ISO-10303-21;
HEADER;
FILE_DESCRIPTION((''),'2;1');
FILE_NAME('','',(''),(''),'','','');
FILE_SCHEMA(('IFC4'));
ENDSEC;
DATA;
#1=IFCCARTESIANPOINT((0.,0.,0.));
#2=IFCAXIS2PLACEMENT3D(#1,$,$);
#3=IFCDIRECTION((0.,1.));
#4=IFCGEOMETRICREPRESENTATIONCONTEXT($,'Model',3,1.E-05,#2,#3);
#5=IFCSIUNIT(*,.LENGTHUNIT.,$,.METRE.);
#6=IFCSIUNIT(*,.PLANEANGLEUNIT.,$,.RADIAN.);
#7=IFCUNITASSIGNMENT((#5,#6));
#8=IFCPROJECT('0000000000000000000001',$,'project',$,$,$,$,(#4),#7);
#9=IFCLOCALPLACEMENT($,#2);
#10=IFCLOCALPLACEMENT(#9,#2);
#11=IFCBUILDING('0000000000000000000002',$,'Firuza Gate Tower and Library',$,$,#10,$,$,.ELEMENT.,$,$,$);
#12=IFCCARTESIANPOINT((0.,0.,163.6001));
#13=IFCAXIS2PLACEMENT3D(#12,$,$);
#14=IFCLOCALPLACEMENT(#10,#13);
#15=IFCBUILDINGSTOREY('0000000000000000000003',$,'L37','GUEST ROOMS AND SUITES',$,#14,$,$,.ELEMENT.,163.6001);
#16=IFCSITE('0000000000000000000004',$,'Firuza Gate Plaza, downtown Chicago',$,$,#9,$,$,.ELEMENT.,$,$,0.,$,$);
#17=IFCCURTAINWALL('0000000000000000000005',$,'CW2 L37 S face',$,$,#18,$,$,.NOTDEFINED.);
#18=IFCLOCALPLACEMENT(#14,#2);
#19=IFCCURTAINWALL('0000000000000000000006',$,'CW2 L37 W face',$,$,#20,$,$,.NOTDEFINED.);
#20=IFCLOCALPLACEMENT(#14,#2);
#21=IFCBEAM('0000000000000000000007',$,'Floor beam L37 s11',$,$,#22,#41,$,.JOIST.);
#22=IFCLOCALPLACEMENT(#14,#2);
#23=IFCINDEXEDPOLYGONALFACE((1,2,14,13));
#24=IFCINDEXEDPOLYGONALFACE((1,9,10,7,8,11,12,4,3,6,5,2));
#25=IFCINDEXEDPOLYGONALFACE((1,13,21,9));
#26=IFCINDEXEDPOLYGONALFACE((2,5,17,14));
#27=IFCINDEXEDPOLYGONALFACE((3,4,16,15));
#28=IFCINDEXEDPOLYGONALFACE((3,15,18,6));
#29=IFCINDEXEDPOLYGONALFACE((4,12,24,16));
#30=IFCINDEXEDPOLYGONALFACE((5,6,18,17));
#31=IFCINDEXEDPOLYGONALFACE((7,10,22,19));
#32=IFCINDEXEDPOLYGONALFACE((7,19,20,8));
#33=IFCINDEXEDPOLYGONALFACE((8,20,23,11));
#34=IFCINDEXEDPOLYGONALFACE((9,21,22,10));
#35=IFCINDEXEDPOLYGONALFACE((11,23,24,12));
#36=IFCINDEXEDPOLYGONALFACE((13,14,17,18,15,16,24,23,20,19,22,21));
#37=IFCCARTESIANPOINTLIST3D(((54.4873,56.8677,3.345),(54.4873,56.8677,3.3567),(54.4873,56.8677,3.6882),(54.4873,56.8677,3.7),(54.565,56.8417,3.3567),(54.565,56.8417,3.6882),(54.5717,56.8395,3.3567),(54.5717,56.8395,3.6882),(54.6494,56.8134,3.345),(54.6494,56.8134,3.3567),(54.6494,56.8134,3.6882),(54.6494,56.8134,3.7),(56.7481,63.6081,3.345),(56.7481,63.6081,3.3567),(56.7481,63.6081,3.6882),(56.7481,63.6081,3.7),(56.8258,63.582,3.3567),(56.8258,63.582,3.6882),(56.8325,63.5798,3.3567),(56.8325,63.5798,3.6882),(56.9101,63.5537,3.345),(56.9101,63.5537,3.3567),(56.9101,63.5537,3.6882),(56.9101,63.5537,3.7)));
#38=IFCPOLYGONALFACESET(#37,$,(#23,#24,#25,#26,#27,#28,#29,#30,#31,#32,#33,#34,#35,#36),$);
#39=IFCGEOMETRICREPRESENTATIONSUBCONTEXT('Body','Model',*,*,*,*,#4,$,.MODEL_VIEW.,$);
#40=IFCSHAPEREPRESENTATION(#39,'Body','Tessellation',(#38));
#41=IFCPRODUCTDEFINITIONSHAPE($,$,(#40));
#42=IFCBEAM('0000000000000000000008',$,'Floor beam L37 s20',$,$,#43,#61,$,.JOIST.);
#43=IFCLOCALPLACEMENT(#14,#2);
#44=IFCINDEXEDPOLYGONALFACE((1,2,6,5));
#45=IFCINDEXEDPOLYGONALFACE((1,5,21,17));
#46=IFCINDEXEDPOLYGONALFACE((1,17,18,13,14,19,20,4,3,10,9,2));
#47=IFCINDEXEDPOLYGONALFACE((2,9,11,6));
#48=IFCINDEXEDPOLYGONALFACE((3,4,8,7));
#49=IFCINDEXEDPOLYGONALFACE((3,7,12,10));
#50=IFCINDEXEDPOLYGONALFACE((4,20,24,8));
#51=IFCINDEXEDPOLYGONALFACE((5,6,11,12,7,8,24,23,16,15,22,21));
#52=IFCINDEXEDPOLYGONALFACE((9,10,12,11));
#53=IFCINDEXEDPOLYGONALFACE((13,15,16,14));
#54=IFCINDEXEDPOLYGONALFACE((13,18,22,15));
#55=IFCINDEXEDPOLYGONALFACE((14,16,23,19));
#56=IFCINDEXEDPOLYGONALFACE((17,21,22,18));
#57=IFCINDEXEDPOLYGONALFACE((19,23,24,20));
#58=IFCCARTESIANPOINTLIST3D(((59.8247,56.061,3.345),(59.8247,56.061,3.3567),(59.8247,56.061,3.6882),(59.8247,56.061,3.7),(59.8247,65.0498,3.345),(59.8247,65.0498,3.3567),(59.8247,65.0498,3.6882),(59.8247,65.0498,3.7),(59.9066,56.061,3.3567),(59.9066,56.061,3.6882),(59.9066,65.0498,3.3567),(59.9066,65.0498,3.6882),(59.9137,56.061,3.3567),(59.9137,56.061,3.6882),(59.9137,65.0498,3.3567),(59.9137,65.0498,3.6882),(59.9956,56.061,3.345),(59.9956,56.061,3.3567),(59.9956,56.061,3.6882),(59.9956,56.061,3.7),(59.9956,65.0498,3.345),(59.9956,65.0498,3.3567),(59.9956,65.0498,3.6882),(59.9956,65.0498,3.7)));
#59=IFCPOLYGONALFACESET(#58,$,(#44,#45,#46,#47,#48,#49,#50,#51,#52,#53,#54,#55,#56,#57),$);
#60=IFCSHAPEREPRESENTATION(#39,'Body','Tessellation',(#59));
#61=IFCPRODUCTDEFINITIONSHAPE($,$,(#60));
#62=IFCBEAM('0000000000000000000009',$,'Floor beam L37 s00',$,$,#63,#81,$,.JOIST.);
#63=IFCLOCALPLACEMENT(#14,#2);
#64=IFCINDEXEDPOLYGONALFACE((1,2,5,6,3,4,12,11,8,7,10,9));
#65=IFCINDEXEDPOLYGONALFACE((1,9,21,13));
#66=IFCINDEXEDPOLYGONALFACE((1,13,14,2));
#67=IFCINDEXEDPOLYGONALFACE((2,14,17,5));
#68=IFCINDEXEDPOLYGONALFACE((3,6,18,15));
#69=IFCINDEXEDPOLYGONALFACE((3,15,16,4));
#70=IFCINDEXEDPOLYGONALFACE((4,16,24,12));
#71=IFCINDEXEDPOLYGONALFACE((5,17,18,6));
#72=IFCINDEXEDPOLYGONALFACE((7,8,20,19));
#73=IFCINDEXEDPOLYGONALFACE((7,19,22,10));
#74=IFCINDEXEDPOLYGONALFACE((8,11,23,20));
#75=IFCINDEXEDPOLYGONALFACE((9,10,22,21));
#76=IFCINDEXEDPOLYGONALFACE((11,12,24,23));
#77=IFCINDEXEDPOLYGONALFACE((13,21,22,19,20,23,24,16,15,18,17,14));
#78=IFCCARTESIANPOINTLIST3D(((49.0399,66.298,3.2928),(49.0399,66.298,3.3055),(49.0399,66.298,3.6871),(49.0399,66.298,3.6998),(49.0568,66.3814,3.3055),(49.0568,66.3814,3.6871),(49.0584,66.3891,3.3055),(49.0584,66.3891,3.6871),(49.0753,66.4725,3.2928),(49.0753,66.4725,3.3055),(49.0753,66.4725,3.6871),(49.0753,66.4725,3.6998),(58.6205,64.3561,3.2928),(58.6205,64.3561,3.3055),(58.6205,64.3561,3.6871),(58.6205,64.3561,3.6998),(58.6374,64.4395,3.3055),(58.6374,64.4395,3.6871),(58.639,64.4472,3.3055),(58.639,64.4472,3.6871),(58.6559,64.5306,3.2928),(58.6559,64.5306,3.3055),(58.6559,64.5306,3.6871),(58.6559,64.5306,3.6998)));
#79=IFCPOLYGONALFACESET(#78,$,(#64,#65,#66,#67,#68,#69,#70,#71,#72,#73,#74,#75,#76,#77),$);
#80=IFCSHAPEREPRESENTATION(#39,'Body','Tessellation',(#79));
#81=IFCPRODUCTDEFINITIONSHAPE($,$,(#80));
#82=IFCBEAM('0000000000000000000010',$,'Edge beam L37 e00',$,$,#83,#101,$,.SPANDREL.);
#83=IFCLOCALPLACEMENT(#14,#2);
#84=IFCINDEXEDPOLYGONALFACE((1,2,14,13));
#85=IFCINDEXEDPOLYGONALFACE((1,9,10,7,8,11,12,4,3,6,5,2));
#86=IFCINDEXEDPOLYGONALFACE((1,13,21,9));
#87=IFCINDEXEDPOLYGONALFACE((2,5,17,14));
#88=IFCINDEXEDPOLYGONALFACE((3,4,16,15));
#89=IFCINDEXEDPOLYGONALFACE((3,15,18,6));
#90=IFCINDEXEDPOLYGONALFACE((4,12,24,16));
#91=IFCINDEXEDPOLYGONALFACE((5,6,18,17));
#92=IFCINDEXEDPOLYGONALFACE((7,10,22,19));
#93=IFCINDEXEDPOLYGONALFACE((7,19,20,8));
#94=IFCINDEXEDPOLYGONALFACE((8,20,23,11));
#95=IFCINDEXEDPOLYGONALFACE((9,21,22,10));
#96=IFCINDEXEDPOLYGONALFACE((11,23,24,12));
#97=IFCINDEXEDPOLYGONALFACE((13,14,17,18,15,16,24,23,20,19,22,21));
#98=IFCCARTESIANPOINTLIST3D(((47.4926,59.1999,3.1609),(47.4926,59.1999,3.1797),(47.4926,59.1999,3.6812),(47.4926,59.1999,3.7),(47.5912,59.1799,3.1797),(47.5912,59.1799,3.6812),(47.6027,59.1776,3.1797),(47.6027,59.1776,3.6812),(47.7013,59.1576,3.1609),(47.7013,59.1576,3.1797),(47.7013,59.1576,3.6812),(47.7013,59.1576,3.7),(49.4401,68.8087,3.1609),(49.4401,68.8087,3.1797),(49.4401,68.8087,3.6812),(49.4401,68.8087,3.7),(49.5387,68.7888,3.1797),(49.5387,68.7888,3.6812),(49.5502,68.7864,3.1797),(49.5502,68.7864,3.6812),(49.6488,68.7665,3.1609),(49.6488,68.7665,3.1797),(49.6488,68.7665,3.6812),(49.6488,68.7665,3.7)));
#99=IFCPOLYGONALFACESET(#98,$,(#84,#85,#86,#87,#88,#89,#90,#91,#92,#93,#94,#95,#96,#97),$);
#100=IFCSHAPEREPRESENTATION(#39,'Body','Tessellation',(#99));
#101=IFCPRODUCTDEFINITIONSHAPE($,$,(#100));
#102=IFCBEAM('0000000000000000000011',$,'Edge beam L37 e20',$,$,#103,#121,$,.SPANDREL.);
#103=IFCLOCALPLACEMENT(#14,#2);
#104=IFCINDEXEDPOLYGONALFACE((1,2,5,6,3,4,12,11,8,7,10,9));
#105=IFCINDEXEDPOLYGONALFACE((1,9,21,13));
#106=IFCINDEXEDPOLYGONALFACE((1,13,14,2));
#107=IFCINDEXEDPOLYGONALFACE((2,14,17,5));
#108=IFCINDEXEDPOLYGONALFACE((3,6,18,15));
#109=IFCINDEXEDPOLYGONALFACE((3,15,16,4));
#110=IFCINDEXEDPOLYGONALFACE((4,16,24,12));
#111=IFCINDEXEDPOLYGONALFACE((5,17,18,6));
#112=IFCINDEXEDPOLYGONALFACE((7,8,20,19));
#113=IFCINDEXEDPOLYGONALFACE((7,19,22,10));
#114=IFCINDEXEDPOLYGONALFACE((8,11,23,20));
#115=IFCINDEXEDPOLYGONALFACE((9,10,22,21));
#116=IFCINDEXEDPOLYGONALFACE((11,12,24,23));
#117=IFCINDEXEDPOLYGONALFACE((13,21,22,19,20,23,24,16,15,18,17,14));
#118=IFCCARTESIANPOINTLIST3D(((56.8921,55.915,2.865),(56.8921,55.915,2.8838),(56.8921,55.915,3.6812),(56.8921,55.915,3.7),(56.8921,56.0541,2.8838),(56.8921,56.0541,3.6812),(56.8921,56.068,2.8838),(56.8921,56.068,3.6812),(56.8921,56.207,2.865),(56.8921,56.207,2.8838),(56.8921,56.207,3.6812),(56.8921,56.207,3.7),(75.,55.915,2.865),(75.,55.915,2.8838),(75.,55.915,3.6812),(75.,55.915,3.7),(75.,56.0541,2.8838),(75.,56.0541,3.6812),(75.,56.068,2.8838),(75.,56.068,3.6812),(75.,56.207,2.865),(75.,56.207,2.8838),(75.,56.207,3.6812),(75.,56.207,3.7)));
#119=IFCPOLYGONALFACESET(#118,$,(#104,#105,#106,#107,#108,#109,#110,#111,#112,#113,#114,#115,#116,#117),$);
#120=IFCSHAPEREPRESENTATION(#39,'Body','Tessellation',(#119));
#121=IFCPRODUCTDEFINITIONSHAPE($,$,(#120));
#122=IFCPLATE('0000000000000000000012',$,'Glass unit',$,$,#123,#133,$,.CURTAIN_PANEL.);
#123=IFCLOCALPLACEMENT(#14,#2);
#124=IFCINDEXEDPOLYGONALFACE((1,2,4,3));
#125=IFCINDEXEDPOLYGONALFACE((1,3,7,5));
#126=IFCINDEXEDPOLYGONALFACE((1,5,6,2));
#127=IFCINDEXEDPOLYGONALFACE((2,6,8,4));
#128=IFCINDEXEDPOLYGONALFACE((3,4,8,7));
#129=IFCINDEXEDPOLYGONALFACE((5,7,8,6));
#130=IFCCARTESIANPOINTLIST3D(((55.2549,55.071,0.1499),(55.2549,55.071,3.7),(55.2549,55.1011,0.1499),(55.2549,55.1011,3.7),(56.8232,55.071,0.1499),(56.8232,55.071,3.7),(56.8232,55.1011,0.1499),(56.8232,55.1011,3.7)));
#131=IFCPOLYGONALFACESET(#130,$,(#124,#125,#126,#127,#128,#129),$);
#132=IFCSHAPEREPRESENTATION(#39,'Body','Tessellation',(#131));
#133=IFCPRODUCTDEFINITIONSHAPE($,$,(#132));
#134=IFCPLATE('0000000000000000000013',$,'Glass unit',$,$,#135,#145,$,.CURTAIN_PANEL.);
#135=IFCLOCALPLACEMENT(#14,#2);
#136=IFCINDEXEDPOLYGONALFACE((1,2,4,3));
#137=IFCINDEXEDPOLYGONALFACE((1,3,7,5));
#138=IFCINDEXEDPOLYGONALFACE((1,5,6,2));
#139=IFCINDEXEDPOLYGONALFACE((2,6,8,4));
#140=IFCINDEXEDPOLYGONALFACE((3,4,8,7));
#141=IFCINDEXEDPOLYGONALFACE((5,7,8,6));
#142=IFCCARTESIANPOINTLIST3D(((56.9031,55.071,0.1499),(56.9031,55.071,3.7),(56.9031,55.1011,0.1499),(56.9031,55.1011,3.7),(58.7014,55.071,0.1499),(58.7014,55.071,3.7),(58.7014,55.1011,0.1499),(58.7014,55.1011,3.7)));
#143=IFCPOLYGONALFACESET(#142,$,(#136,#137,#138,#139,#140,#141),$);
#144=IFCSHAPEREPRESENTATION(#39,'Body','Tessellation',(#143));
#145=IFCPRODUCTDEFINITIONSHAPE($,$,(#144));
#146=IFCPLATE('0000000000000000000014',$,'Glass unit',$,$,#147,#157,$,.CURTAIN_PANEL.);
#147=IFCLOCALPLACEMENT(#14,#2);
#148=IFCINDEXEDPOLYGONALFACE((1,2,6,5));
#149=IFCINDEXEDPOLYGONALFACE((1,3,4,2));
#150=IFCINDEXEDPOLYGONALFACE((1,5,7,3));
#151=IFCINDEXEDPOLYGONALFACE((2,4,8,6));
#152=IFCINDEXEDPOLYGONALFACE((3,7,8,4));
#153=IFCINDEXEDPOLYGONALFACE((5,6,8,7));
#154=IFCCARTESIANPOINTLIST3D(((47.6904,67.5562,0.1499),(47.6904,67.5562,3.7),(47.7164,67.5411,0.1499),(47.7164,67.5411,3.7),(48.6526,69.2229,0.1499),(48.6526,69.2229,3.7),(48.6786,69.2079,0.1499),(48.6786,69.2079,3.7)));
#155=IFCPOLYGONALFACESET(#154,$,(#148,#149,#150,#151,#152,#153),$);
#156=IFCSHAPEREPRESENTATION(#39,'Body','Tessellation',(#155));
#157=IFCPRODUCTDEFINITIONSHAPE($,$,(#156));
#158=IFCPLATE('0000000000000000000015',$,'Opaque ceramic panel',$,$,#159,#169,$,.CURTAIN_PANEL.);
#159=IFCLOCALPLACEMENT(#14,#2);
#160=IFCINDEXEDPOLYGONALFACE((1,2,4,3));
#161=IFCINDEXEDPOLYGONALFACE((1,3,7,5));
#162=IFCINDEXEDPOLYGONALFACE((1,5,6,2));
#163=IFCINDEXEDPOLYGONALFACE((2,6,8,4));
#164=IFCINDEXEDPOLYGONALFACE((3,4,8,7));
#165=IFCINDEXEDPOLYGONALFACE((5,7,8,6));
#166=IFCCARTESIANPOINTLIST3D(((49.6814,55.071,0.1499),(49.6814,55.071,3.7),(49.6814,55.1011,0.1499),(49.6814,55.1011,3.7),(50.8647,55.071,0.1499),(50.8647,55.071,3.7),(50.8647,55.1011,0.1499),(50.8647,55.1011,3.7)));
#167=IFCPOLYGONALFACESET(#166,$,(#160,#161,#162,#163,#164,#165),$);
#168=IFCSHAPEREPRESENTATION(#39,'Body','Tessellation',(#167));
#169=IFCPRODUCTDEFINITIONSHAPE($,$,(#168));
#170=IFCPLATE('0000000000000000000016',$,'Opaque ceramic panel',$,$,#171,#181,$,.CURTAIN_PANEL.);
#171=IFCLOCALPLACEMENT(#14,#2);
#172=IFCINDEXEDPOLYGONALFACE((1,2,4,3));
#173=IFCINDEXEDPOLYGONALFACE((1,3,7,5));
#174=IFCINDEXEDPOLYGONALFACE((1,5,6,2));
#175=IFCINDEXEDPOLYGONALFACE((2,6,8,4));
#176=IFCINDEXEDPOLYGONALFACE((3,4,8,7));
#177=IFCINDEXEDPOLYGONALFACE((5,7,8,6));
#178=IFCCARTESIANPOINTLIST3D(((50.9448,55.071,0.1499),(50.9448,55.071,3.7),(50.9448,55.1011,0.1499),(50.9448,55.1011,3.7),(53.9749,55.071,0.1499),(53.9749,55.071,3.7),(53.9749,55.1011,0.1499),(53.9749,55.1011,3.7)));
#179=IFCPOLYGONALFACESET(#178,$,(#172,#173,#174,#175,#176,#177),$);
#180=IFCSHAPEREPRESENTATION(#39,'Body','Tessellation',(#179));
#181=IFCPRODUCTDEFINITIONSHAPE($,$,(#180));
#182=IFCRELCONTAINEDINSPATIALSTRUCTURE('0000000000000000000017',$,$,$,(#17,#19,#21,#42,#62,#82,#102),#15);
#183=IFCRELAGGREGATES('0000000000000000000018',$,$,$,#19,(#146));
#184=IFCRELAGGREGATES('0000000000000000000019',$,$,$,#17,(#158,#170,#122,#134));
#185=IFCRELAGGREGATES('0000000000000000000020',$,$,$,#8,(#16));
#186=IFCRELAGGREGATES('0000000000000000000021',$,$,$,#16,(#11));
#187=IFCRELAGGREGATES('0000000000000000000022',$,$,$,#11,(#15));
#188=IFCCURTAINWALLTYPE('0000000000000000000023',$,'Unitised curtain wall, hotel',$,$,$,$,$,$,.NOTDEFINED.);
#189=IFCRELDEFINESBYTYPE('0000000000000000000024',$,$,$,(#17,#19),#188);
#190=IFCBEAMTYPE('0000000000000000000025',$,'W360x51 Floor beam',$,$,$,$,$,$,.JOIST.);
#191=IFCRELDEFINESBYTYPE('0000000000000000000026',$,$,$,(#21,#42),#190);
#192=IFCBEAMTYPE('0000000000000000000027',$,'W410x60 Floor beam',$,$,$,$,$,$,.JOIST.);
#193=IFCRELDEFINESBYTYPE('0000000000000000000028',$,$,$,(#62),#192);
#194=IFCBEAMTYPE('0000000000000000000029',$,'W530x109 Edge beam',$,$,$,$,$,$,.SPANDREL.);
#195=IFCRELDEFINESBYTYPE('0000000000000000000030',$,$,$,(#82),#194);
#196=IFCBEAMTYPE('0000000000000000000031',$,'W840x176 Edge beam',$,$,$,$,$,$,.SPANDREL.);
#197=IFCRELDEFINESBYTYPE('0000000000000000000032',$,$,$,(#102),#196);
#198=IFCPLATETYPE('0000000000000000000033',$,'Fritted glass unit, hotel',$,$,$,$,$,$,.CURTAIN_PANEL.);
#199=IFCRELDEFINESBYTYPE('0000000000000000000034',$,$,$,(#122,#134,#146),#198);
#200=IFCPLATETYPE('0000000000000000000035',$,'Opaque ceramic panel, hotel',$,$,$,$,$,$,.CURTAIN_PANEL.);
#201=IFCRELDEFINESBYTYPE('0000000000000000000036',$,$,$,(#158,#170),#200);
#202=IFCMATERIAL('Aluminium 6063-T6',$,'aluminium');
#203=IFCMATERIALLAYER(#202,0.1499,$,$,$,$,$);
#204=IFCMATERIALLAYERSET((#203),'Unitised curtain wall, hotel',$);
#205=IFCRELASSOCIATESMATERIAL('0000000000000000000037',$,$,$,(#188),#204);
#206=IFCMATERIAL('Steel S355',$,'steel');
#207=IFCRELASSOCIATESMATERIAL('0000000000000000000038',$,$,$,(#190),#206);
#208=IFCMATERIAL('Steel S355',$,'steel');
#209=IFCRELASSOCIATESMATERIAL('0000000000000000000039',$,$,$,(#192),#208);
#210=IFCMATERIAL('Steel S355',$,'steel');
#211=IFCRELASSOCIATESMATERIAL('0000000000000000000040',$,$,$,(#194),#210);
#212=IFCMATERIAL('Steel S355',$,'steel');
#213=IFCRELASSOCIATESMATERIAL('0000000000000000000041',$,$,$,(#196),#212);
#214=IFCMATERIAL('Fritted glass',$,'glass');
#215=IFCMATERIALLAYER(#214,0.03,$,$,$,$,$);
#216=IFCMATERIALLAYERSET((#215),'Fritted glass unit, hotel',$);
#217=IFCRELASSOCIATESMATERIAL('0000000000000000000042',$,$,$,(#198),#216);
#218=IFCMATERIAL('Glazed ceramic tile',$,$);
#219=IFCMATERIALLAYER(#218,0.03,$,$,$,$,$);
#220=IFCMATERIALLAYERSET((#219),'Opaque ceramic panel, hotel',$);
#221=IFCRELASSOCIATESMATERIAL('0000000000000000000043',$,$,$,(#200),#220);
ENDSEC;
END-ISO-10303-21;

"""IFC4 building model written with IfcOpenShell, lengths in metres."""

from ifc_helpers import new_model, si_unit, direction, frame, origin, origin_2d, place, context, subcontext, project, spatial, polyline, i_section, outline, extrude, material, layer, layer_set, material_profile, profile_set, type_object, element, aggregate, save


model = new_model("IFC4")

# Units and contexts
model_context = context("Model", 3, precision=1e-05, world=origin(), true_north=direction((0.0, 1.0)))
body_context = subcontext(model_context, "Body", "Model", "MODEL_VIEW")
ifc_project = project(units=[si_unit("LENGTHUNIT", "METRE"), si_unit("PLANEANGLEUNIT", "RADIAN")], contexts=[model_context])

# Site, building, storey
site_placement = place(None, origin())
site = spatial("IfcSite", under=ifc_project, at=site_placement, Name="Firuza Gate Plaza, downtown Chicago", CompositionType="ELEMENT", RefElevation=0.0)
building_placement = place(site_placement, origin())
building = spatial("IfcBuilding", under=site, at=building_placement, Name="Firuza Gate Tower and Library", CompositionType="ELEMENT")
storey_placement = place(building_placement, frame((0.0, 0.0, 163.6001)))
storey = spatial("IfcBuildingStorey", under=building, at=storey_placement, Name="L37", Description="GUEST ROOMS AND SUITES", CompositionType="ELEMENT", Elevation=163.6001)

# Curtain wall
ifc_material_1 = material(Name="Aluminium 6063-T6", Category="aluminium")
ifc_layer_1 = layer(ifc_material_1, 0.1499)
ifc_layer_set_1 = layer_set([ifc_layer_1], Name="Unitised curtain wall, hotel")
curtain_wall_type = type_object("IfcCurtainWallType", Name="Unitised curtain wall, hotel", PredefinedType="NOTDEFINED", material=ifc_layer_set_1)
placement = place(storey_placement, origin())
curtain_wall_1 = element("IfcCurtainWall", 1, at=placement, inside=storey, type_object=curtain_wall_type, Name="CW2 L37 S face", PredefinedType="NOTDEFINED")

# Curtain wall
curtain_wall_2 = element("IfcCurtainWall", 2, at=placement, inside=storey, type_object=curtain_wall_type, Name="CW2 L37 W face", PredefinedType="NOTDEFINED")

# Beams
ifc_material_2 = material(Name="Steel S355", Category="steel")
ifc_material_profile_1 = material_profile(ifc_material_2, i_section(OverallWidth=0.1709, OverallDepth=0.355, WebThickness=0.0071, FlangeThickness=0.0117, at=origin_2d()))
ifc_profile_set_1 = profile_set([ifc_material_profile_1], Name="Steel S355")
beam_type_1 = type_object("IfcBeamType", Name="W360x51 Floor beam", PredefinedType="JOIST", material=ifc_profile_set_1)
beam_1_placement = place(storey_placement, frame((54.5684, 56.8406, 3.5225), z_axis=(0.317999, 0.948091, 0.0), x_axis=(-0.948091, 0.317999, 0.0)))
element("IfcBeam", 3, at=beam_1_placement, inside=storey, type_object=beam_type_1, Name="Floor beam L37 s11", PredefinedType="JOIST", context=body_context, shape_type="SweptSolid", body=[
    extrude(i_section(OverallWidth=0.1709, OverallDepth=0.355, WebThickness=0.0071, FlangeThickness=0.0117, at=origin_2d()), origin(), (0.0, 0.0, 1.0), 7.1094),
])
beam_2_placement = place(storey_placement, frame((59.9102, 56.061, 3.5225), z_axis=(0.0, 1.0, 0.0), x_axis=(-1.0, 0.0, 0.0)))
element("IfcBeam", 4, at=beam_2_placement, inside=storey, type_object=beam_type_1, Name="Floor beam L37 s20", PredefinedType="JOIST", context=body_context, shape_type="SweptSolid", body=[
    extrude(i_section(OverallWidth=0.1709, OverallDepth=0.355, WebThickness=0.0071, FlangeThickness=0.0117, at=origin_2d()), origin(), (0.0, 0.0, 1.0), 8.9888),
])
ifc_material_3 = material(Name="Steel S355", Category="steel")
ifc_material_profile_2 = material_profile(ifc_material_3, i_section(OverallWidth=0.178, OverallDepth=0.407, WebThickness=0.0078, FlangeThickness=0.0127, at=origin_2d()))
ifc_profile_set_2 = profile_set([ifc_material_profile_2], Name="Steel S355")
beam_type_2 = type_object("IfcBeamType", Name="W410x60 Floor beam", PredefinedType="JOIST", material=ifc_profile_set_2)
beam_3_placement = place(storey_placement, frame((49.0576, 66.3853, 3.4963), z_axis=(0.98007, -0.198651, 0.0), x_axis=(0.198651, 0.98007, 0.0)))
element("IfcBeam", 5, at=beam_3_placement, inside=storey, type_object=beam_type_2, Name="Floor beam L37 s00", PredefinedType="JOIST", context=body_context, shape_type="SweptSolid", body=[
    extrude(i_section(OverallWidth=0.178, OverallDepth=0.407, WebThickness=0.0078, FlangeThickness=0.0127, at=origin_2d()), origin(), (0.0, 0.0, 1.0), 9.7754),
])
ifc_material_4 = material(Name="Steel S355", Category="steel")
ifc_material_profile_3 = material_profile(ifc_material_4, i_section(OverallWidth=0.2129, OverallDepth=0.5391, WebThickness=0.0117, FlangeThickness=0.0188, at=origin_2d()))
ifc_profile_set_3 = profile_set([ifc_material_profile_3], Name="Steel S355")
beam_type_3 = type_object("IfcBeamType", Name="W530x109 Edge beam", PredefinedType="SPANDREL", material=ifc_profile_set_3)
beam_4_placement = place(storey_placement, frame((49.5444, 68.7876, 3.4304), z_axis=(-0.198639, -0.980073, 0.0), x_axis=(0.980073, -0.198639, 0.0)))
element("IfcBeam", 6, at=beam_4_placement, inside=storey, type_object=beam_type_3, Name="Edge beam L37 e00", PredefinedType="SPANDREL", context=body_context, shape_type="SweptSolid", body=[
    extrude(i_section(OverallWidth=0.2129, OverallDepth=0.5391, WebThickness=0.0117, FlangeThickness=0.0188, at=origin_2d()), origin(), (0.0, 0.0, 1.0), 9.8042),
])
ifc_material_5 = material(Name="Steel S355", Category="steel")
ifc_material_profile_4 = material_profile(ifc_material_5, i_section(OverallWidth=0.292, OverallDepth=0.835, WebThickness=0.0139, FlangeThickness=0.0188, at=origin_2d()))
ifc_profile_set_4 = profile_set([ifc_material_profile_4], Name="Steel S355")
beam_type_4 = type_object("IfcBeamType", Name="W840x176 Edge beam", PredefinedType="SPANDREL", material=ifc_profile_set_4)
beam_5_placement = place(storey_placement, frame((56.8921, 56.061, 3.2825), z_axis=(1.0, 0.0, 0.0), x_axis=(0.0, 1.0, 0.0)))
element("IfcBeam", 7, at=beam_5_placement, inside=storey, type_object=beam_type_4, Name="Edge beam L37 e20", PredefinedType="SPANDREL", context=body_context, shape_type="SweptSolid", body=[
    extrude(i_section(OverallWidth=0.292, OverallDepth=0.835, WebThickness=0.0139, FlangeThickness=0.0188, at=origin_2d()), origin(), (0.0, 0.0, 1.0), 18.1079),
])

# Plates
ifc_material_6 = material(Name="Fritted glass", Category="glass")
ifc_layer_2 = layer(ifc_material_6, 0.03)
ifc_layer_set_2 = layer_set([ifc_layer_2], Name="Fritted glass unit, hotel")
plate_type_1 = type_object("IfcPlateType", Name="Fritted glass unit, hotel", PredefinedType="CURTAIN_PANEL", material=ifc_layer_set_2)
plate_1_placement = place(storey_placement, frame((55.2549, 55.071, 0.1499), z_axis=(0.0, -1.0, 0.0), x_axis=(1.0, 0.0, 0.0)))
plate_1 = element("IfcPlate", 8, at=plate_1_placement, type_object=plate_type_1, Name="Glass unit", PredefinedType="CURTAIN_PANEL", context=body_context, shape_type="SweptSolid", body=[
    extrude(outline(polyline([(0.0, 0.0), (1.5684, 0.0), (1.5684, 3.55), (0.0, 3.55), (0.0, 0.0)])), origin(), (0.0, 0.0, -1.0), 0.03),
])
plate_2_placement = place(storey_placement, frame((56.9031, 55.071, 0.1499), z_axis=(0.0, -1.0, 0.0), x_axis=(1.0, 0.0, 0.0)))
plate_2 = element("IfcPlate", 9, at=plate_2_placement, type_object=plate_type_1, Name="Glass unit", PredefinedType="CURTAIN_PANEL", context=body_context, shape_type="SweptSolid", body=[
    extrude(outline(polyline([(0.0, 0.0), (1.7983, 0.0), (1.7983, 3.55), (0.0, 3.55), (0.0, 0.0)])), origin(), (0.0, 0.0, -1.0), 0.03),
])
plate_3_placement = place(storey_placement, frame((48.6526, 69.2229, 0.1499), z_axis=(-0.866057, 0.499946, 0.0), x_axis=(-0.499946, -0.866057, 0.0)))
plate_3 = element("IfcPlate", 10, at=plate_3_placement, type_object=plate_type_1, Name="Glass unit", PredefinedType="CURTAIN_PANEL", context=body_context, shape_type="SweptSolid", body=[
    extrude(outline(polyline([(0.0, 0.0), (1.9245, 0.0), (1.9245, 3.55), (0.0, 3.55), (0.0, 0.0)])), origin(), (0.0, 0.0, -1.0), 0.03),
])
aggregate(curtain_wall_2, [plate_3])
ifc_material_7 = material(Name="Glazed ceramic tile")
ifc_layer_3 = layer(ifc_material_7, 0.03)
ifc_layer_set_3 = layer_set([ifc_layer_3], Name="Opaque ceramic panel, hotel")
plate_type_2 = type_object("IfcPlateType", Name="Opaque ceramic panel, hotel", PredefinedType="CURTAIN_PANEL", material=ifc_layer_set_3)
plate_4_placement = place(storey_placement, frame((49.6814, 55.071, 0.1499), z_axis=(0.0, -1.0, 0.0), x_axis=(1.0, 0.0, 0.0)))
plate_4 = element("IfcPlate", 11, at=plate_4_placement, type_object=plate_type_2, Name="Opaque ceramic panel", PredefinedType="CURTAIN_PANEL", context=body_context, shape_type="SweptSolid", body=[
    extrude(outline(polyline([(0.0, 0.0), (1.1833, 0.0), (1.1833, 3.55), (0.0, 3.55), (0.0, 0.0)])), origin(), (0.0, 0.0, -1.0), 0.03),
])
plate_5_placement = place(storey_placement, frame((50.9448, 55.071, 0.1499), z_axis=(0.0, -1.0, 0.0), x_axis=(1.0, 0.0, 0.0)))
plate_5 = element("IfcPlate", 12, at=plate_5_placement, type_object=plate_type_2, Name="Opaque ceramic panel", PredefinedType="CURTAIN_PANEL", context=body_context, shape_type="SweptSolid", body=[
    extrude(outline(polyline([(0.0, 0.0), (3.03, 0.0), (3.03, 3.55), (0.0, 3.55), (0.0, 0.0)])), origin(), (0.0, 0.0, -1.0), 0.03),
])

aggregate(curtain_wall_1, [plate_4, plate_5, plate_1, plate_2])

save(model, "model.ifc")
